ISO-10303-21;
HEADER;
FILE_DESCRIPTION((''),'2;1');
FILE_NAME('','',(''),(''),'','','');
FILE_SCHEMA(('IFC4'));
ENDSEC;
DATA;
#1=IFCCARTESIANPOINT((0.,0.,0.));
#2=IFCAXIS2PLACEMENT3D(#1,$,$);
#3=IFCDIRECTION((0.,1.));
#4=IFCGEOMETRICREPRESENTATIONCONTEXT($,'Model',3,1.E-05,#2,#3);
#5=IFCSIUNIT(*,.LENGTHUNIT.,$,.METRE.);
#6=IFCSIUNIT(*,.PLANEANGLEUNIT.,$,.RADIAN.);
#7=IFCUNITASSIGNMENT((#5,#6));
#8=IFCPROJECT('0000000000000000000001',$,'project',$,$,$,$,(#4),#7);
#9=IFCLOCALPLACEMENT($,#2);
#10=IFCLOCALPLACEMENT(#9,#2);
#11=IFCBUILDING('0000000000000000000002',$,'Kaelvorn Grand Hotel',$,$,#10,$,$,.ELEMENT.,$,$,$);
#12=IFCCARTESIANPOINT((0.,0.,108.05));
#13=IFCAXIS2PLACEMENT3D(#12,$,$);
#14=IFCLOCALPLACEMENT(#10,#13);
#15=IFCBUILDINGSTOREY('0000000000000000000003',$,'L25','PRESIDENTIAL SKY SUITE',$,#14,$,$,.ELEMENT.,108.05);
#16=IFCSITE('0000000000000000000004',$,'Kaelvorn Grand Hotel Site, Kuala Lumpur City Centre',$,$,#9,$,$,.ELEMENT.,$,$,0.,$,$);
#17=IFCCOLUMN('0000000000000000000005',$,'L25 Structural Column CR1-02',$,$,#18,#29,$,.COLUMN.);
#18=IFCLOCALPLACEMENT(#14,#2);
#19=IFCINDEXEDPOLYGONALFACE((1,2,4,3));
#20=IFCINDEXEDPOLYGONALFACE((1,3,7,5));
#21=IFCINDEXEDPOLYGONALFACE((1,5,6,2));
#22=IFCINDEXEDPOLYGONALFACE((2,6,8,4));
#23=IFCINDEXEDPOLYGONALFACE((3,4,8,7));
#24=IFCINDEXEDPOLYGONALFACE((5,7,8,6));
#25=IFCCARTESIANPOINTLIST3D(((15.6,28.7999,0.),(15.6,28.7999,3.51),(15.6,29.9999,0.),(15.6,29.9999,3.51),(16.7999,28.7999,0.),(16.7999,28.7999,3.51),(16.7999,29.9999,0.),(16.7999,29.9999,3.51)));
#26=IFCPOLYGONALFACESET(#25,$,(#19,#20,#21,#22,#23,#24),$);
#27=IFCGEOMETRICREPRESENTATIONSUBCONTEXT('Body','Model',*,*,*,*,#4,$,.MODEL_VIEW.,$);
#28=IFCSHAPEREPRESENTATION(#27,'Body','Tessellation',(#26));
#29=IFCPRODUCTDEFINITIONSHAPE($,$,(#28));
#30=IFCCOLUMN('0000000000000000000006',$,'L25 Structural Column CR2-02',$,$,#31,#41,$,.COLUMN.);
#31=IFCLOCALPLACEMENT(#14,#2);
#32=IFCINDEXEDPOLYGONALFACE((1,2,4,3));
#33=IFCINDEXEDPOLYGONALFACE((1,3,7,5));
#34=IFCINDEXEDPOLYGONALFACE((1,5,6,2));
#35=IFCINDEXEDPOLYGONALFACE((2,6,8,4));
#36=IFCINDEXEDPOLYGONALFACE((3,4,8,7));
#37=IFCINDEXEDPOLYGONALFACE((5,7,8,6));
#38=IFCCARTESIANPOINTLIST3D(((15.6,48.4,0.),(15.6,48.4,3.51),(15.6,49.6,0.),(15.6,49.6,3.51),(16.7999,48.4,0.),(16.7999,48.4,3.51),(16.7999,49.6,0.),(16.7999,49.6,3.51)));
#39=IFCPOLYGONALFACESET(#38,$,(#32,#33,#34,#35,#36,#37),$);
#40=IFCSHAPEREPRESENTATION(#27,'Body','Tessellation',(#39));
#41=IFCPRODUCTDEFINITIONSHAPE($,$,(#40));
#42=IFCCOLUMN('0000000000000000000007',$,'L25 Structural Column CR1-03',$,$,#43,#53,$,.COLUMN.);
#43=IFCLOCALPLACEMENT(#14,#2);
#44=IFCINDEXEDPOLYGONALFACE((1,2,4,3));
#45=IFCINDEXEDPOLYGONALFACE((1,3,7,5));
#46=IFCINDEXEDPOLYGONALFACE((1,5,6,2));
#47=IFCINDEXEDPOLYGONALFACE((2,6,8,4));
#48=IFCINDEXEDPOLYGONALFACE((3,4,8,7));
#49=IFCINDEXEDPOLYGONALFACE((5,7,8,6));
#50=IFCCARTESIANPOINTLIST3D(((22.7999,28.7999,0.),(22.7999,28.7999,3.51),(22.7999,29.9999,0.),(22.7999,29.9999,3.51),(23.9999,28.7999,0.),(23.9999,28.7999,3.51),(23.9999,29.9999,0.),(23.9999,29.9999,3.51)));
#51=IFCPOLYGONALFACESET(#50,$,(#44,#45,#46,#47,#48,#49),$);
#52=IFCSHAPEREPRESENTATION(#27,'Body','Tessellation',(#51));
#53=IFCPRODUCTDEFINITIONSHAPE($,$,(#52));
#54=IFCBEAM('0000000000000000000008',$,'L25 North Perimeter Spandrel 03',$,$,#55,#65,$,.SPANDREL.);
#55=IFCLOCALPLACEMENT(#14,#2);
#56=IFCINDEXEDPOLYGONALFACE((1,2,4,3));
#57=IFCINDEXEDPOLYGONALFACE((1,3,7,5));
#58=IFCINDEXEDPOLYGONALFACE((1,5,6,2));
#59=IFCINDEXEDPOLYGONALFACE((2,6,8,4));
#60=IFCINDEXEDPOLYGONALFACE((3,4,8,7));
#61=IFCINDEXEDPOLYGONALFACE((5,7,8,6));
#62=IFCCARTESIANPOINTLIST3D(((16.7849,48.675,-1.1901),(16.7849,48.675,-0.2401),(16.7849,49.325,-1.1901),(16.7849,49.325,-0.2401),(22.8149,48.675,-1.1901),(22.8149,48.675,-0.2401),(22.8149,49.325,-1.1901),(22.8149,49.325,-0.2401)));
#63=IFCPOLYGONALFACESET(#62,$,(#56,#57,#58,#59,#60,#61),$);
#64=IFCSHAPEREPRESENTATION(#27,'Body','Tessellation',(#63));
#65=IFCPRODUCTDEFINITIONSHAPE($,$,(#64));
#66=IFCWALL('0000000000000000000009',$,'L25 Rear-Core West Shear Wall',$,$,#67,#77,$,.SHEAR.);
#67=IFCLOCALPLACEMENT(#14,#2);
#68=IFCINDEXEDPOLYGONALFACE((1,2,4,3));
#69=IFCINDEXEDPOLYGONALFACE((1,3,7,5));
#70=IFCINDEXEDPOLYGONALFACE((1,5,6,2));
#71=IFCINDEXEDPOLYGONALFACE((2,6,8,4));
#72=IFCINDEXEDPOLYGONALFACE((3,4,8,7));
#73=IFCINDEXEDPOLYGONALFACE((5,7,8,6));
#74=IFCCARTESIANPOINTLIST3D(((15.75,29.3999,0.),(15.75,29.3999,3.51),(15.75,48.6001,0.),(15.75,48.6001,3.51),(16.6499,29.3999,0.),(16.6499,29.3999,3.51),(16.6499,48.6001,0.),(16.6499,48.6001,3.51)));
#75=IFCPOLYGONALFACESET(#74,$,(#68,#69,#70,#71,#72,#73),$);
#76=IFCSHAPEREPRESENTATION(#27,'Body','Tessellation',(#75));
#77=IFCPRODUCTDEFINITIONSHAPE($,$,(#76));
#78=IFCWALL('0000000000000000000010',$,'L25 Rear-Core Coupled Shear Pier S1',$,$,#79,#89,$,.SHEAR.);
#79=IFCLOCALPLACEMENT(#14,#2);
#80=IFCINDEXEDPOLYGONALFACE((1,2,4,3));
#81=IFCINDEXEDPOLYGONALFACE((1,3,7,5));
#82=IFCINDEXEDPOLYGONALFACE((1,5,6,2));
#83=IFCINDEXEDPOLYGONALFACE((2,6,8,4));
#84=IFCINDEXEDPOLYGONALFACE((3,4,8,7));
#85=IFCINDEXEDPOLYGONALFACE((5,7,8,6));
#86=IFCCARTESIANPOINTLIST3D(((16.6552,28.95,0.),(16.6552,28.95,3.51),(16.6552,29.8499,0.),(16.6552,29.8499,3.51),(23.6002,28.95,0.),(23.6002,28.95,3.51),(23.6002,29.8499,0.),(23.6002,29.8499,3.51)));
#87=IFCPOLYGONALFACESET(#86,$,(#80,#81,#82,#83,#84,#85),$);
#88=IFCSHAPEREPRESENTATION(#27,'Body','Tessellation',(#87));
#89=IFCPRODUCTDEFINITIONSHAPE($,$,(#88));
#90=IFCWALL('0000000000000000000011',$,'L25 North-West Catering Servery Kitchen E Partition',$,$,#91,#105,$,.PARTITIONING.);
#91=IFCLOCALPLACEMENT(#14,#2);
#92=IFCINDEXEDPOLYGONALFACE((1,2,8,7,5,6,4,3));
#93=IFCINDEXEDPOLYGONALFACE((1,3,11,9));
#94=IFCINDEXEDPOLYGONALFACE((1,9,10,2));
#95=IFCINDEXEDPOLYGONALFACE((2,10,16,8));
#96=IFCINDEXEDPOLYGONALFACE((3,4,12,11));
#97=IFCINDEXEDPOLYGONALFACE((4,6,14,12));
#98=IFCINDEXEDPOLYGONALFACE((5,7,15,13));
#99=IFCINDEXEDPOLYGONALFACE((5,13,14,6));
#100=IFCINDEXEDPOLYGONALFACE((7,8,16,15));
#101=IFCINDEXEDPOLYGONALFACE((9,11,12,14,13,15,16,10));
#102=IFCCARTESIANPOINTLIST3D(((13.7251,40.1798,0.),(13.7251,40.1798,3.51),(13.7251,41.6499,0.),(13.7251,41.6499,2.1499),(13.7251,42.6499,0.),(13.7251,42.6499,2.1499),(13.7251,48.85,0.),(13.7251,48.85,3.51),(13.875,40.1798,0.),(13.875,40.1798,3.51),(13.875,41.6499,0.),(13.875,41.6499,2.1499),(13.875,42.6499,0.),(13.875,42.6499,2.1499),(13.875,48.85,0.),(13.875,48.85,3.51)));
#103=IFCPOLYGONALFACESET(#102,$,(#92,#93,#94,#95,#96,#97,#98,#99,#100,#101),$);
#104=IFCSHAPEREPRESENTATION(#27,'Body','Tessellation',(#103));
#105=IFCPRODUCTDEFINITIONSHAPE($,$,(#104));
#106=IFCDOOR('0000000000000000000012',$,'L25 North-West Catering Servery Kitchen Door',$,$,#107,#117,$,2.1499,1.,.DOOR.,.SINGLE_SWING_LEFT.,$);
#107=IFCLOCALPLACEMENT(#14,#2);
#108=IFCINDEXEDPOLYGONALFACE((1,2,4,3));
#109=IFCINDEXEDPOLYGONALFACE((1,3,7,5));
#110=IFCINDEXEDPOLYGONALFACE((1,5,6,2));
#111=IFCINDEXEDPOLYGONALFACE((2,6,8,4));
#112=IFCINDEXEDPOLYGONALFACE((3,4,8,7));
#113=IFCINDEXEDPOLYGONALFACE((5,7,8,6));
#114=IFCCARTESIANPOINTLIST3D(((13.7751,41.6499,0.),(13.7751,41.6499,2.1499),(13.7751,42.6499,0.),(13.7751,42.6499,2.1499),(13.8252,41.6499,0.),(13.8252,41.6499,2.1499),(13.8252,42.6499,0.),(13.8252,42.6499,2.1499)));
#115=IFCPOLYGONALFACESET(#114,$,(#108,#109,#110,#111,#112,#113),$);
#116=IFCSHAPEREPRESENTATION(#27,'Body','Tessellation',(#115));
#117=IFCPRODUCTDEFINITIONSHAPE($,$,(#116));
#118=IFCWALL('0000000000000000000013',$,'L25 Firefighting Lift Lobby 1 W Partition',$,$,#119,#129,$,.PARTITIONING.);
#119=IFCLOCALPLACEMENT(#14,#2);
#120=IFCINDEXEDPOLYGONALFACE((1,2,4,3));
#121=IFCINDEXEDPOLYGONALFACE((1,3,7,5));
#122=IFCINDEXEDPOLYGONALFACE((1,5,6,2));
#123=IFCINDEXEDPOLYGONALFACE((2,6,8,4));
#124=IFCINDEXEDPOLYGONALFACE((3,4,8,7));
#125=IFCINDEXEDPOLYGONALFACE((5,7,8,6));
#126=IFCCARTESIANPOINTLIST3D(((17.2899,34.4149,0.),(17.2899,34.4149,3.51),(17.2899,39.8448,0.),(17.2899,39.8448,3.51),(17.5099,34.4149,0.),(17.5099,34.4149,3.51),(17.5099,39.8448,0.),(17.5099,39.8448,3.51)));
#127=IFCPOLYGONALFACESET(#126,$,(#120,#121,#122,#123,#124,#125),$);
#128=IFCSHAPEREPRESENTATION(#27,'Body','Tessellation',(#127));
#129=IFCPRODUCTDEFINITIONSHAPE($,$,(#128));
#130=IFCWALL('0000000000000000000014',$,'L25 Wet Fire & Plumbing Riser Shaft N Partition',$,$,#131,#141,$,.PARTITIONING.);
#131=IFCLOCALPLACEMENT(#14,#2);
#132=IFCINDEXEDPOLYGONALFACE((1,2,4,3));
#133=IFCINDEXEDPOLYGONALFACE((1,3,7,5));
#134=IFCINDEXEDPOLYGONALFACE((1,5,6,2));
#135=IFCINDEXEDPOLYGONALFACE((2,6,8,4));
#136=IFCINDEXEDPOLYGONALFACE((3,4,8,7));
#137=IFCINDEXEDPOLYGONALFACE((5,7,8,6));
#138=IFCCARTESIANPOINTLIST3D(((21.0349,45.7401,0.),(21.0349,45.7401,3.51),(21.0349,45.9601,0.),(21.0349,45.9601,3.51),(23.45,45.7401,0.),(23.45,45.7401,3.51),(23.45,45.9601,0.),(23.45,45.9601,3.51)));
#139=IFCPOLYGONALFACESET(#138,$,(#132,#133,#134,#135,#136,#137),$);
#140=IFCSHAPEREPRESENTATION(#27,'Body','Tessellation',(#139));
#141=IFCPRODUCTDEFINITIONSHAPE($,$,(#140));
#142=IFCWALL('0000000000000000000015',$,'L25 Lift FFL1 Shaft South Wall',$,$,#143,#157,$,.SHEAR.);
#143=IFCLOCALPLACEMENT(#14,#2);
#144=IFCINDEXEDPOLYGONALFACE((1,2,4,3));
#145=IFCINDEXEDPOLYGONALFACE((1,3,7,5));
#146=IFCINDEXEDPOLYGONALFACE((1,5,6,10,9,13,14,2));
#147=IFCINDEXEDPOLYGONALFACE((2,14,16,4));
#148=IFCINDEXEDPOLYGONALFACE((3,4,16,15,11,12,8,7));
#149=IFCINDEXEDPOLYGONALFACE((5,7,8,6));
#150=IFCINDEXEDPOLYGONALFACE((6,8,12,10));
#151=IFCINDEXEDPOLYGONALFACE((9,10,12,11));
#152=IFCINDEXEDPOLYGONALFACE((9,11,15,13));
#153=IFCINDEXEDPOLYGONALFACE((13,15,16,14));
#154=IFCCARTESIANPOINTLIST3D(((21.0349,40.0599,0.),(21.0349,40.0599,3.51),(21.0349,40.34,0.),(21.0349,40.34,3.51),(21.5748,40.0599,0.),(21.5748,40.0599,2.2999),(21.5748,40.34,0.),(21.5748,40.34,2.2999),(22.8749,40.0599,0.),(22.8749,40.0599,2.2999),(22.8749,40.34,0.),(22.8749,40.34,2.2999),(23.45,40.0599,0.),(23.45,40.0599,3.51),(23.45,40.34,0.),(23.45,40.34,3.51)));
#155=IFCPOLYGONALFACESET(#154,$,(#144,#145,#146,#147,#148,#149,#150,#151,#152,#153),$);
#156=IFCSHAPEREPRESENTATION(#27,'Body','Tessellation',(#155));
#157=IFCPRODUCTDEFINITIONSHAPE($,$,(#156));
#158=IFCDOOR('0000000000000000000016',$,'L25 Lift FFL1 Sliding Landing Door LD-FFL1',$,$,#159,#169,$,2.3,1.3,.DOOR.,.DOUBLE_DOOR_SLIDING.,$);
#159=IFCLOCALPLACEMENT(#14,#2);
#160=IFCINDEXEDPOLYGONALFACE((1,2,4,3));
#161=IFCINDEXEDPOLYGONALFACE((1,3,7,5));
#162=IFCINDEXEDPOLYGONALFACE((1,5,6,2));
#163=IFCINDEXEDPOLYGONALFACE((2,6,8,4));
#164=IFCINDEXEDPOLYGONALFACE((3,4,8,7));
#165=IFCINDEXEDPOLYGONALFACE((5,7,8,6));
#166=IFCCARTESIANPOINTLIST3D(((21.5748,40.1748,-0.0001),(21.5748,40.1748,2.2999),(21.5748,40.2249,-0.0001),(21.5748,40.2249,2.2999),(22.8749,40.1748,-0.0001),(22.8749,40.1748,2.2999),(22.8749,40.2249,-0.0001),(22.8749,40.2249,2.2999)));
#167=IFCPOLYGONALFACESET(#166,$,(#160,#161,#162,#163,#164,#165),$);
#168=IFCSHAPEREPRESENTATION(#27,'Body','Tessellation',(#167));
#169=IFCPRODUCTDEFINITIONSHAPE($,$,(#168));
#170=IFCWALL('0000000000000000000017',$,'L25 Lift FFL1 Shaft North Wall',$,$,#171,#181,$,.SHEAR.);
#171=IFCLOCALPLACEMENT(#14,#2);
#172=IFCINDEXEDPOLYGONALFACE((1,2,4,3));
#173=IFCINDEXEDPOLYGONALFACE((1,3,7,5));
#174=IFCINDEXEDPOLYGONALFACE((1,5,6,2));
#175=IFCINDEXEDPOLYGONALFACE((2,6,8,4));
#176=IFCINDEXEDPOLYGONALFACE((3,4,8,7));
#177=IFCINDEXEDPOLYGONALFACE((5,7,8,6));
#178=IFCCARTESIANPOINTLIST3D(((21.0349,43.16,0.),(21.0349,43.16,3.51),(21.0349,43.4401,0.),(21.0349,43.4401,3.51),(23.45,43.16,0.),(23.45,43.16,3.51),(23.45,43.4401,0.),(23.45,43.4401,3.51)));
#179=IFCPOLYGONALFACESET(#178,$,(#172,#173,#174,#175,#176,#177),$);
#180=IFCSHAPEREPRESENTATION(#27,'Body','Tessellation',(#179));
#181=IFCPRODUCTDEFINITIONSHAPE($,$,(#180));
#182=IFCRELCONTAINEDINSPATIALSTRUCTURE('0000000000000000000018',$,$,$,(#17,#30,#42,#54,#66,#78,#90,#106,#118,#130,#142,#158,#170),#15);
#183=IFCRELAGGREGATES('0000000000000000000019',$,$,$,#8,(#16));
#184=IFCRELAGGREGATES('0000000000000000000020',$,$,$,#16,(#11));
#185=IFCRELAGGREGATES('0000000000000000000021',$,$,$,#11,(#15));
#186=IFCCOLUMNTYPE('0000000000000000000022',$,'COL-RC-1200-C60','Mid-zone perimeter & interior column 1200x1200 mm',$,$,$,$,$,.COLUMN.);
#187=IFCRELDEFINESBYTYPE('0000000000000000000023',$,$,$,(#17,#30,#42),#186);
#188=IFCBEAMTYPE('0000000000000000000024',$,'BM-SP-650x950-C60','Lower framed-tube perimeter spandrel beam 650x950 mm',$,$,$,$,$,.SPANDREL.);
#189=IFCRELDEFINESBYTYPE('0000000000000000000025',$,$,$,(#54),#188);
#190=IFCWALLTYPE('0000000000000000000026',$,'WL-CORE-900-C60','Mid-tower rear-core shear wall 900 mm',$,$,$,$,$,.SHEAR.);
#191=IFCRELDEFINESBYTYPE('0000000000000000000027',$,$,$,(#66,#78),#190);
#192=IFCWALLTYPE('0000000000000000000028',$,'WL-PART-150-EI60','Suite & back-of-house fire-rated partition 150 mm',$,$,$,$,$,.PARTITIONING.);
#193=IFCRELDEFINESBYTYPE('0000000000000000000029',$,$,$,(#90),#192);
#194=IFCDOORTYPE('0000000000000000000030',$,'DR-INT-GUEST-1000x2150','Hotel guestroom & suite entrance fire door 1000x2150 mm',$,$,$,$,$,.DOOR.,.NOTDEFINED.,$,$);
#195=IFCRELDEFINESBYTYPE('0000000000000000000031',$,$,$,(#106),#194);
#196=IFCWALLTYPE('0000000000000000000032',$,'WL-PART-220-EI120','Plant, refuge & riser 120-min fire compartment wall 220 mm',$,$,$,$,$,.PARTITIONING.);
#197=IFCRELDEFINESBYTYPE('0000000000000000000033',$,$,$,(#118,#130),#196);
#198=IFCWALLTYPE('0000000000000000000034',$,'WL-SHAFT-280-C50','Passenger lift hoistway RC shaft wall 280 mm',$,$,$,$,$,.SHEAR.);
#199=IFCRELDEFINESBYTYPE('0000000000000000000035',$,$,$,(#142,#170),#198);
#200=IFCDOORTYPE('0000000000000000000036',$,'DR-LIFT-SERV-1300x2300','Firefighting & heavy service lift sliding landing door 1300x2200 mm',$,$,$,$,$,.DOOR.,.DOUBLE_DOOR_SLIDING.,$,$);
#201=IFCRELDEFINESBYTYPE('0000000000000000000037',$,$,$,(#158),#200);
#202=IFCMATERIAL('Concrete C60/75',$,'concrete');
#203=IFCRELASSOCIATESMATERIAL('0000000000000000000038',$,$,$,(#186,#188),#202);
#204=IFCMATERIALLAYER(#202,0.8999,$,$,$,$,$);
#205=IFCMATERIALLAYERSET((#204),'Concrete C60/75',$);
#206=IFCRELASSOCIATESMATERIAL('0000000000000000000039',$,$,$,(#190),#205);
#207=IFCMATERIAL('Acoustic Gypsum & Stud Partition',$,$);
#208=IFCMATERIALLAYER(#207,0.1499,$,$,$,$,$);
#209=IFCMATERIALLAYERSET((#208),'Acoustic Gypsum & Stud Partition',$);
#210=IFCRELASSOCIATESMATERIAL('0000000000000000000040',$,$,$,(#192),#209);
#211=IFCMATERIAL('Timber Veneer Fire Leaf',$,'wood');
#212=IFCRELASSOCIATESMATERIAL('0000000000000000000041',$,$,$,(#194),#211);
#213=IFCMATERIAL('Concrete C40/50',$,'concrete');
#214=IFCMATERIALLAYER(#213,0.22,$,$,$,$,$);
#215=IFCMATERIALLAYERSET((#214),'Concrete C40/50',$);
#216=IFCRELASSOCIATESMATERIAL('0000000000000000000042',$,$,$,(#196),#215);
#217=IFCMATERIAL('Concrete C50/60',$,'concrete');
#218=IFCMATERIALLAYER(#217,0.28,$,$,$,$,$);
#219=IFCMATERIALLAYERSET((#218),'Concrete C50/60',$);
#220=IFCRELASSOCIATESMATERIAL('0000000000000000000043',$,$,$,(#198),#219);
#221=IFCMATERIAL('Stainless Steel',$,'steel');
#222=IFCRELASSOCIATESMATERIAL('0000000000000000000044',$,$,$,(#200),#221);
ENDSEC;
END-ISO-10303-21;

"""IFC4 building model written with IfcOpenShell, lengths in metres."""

from ifc_helpers import new_model, si_unit, direction, frame, frame_2d, origin, origin_2d, place, context, subcontext, project, spatial, rectangle, extrude, material, layer, layer_set, material_profile, profile_set, type_object, element, fill, save


model = new_model("IFC4")

# Units and contexts
model_context = context("Model", 3, precision=1e-05, world=origin(), true_north=direction((0.0, 1.0)))
body_context = subcontext(model_context, "Body", "Model", "MODEL_VIEW")
ifc_project = project(units=[si_unit("LENGTHUNIT", "METRE"), si_unit("PLANEANGLEUNIT", "RADIAN")], contexts=[model_context])

# Site, building, storey
site_placement = place(None, origin())
site = spatial("IfcSite", under=ifc_project, at=site_placement, Name="Kaelvorn Grand Hotel Site, Kuala Lumpur City Centre", CompositionType="ELEMENT", RefElevation=0.0)
building_placement = place(site_placement, origin())
building = spatial("IfcBuilding", under=site, at=building_placement, Name="Kaelvorn Grand Hotel", CompositionType="ELEMENT")
storey_placement = place(building_placement, frame((0.0, 0.0, 108.05)))
storey = spatial("IfcBuildingStorey", under=building, at=storey_placement, Name="L25", Description="PRESIDENTIAL SKY SUITE", CompositionType="ELEMENT", Elevation=108.05)

# Columns
ifc_material_1 = material(Name="Concrete C60/75", Category="concrete")
ifc_material_profile_1 = material_profile(ifc_material_1, rectangle(XDim=1.2, YDim=1.2, at=origin_2d()), Name="RC COL 1200x1200")
ifc_profile_set_1 = profile_set([ifc_material_profile_1], Name="Concrete C60/75")
column_type = type_object("IfcColumnType", Name="COL-RC-1200-C60", Description="Mid-zone perimeter & interior column 1200x1200 mm", PredefinedType="COLUMN", material=ifc_profile_set_1)
for number, where, z_axis, x_axis, name in (
    (1, (16.2, 29.3999, 0.0), (0.0, 0.0, 1.0), (1.0, 0.0, 0.0), "L25 Structural Column CR1-02"),
    (2, (16.2, 49.0, 0.0), (0.0, 0.0, 1.0), (1.0, 0.0, 0.0), "L25 Structural Column CR2-02"),
    (3, (23.3999, 29.3999, 0.0), (0.0, 0.0, 1.0), (1.0, 0.0, 0.0), "L25 Structural Column CR1-03"),
):
    element("IfcColumn", number, at=place(storey_placement, frame(where, z_axis=z_axis, x_axis=x_axis)), inside=storey, type_object=column_type, Name=name, PredefinedType="COLUMN", context=body_context, shape_type="SweptSolid", body=[
        extrude(rectangle(XDim=1.2, YDim=1.2, at=origin_2d()), origin(), (0.0, 0.0, 1.0), 3.51),
    ])

# Beam
ifc_material_profile_2 = material_profile(ifc_material_1, rectangle(XDim=0.6499, YDim=0.95, at=origin_2d()), Name="RC SPANDREL 650x950")
ifc_profile_set_2 = profile_set([ifc_material_profile_2], Name="Concrete C60/75")
beam_type = type_object("IfcBeamType", Name="BM-SP-650x950-C60", Description="Lower framed-tube perimeter spandrel beam 650x950 mm", PredefinedType="SPANDREL", material=ifc_profile_set_2)
beam_placement = place(storey_placement, frame((16.7849, 49.0, -0.7151), z_axis=(1.0, 0.0, 0.0), x_axis=(0.0, 1.0, 0.0)))
element("IfcBeam", 4, at=beam_placement, inside=storey, type_object=beam_type, Name="L25 North Perimeter Spandrel 03", PredefinedType="SPANDREL", context=body_context, shape_type="SweptSolid", body=[
    extrude(rectangle(XDim=0.6499, YDim=0.95, at=origin_2d()), origin(), (0.0, 0.0, 1.0), 6.03),
])

# Walls
ifc_layer_1 = layer(ifc_material_1, 0.8999)
ifc_layer_set_1 = layer_set([ifc_layer_1], Name="Concrete C60/75")
wall_type_1 = type_object("IfcWallType", Name="WL-CORE-900-C60", Description="Mid-tower rear-core shear wall 900 mm", PredefinedType="SHEAR", material=ifc_layer_set_1)
wall_1_placement = place(storey_placement, frame((16.2, 29.3999, 0.0), z_axis=(0.0, 0.0, 1.0), x_axis=(0.0, 1.0, 0.0)))
element("IfcWall", 5, at=wall_1_placement, inside=storey, type_object=wall_type_1, Name="L25 Rear-Core West Shear Wall", PredefinedType="SHEAR", context=body_context, shape_type="SweptSolid", body=[
    extrude(rectangle(XDim=19.2002, YDim=0.8999, at=frame_2d((9.6001, 0.0))), origin(), (0.0, 0.0, 1.0), 3.51),
])
wall_2_placement = place(storey_placement, frame((16.655, 29.3999, 0.0), z_axis=(0.0, 0.0, 1.0), x_axis=(1.0, 0.0, 0.0)))
element("IfcWall", 6, at=wall_2_placement, inside=storey, type_object=wall_type_1, Name="L25 Rear-Core Coupled Shear Pier S1", PredefinedType="SHEAR", context=body_context, shape_type="SweptSolid", body=[
    extrude(rectangle(XDim=6.9451, YDim=0.8999, at=frame_2d((3.4727, 0.0))), origin(), (0.0, 0.0, 1.0), 3.51),
])

# Wall, opening, door
ifc_material_2 = material(Name="Acoustic Gypsum & Stud Partition")
ifc_layer_2 = layer(ifc_material_2, 0.1499)
ifc_layer_set_2 = layer_set([ifc_layer_2], Name="Acoustic Gypsum & Stud Partition")
wall_type_2 = type_object("IfcWallType", Name="WL-PART-150-EI60", Description="Suite & back-of-house fire-rated partition 150 mm", PredefinedType="PARTITIONING", material=ifc_layer_set_2)
wall_3_placement = place(storey_placement, frame((13.8, 40.1799, 0.0), z_axis=(0.0, 0.0, 1.0), x_axis=(0.0, 1.0, 0.0)))
wall_3 = element("IfcWall", 7, at=wall_3_placement, inside=storey, type_object=wall_type_2, Name="L25 North-West Catering Servery Kitchen E Partition", PredefinedType="PARTITIONING", context=body_context, shape_type="SweptSolid", body=[
    extrude(rectangle(XDim=8.6702, YDim=0.1499, at=frame_2d((4.335, 0.0))), origin(), (0.0, 0.0, 1.0), 3.51),
])
opening_1_placement = place(wall_3_placement, frame((1.47, 0.0, 0.0)))
opening_1 = element("IfcOpeningElement", 8, at=opening_1_placement, cuts=wall_3, PredefinedType="OPENING", context=body_context, shape_type="SweptSolid", body=[
    extrude(rectangle(XDim=1.0, YDim=2.1499, at=frame_2d((0.5, 1.075))), frame((0.0, 0.085, 0.0), z_axis=(0.0, -1.0, 0.0), x_axis=(1.0, 0.0, 0.0)), (0.0, 0.0, 1.0), 0.1699),
])
ifc_material_3 = material(Name="Timber Veneer Fire Leaf", Category="wood")
door_type_1 = type_object("IfcDoorType", Name="DR-INT-GUEST-1000x2150", Description="Hotel guestroom & suite entrance fire door 1000x2150 mm", OperationType="NOTDEFINED", PredefinedType="DOOR", material=ifc_material_3)
door_1_placement = place(opening_1_placement, origin())
door_1 = element("IfcDoor", 9, at=door_1_placement, inside=storey, type_object=door_type_1, Name="L25 North-West Catering Servery Kitchen Door", OperationType="SINGLE_SWING_LEFT", OverallHeight=2.1499, OverallWidth=1.0, PredefinedType="DOOR", context=body_context, shape_type="SweptSolid", body=[
    extrude(rectangle(XDim=1.0, YDim=2.1499, at=frame_2d((0.5, 1.075))), frame((0.0, 0.0249, 0.0), z_axis=(0.0, -1.0, 0.0), x_axis=(1.0, 0.0, 0.0)), (0.0, 0.0, 1.0), 0.05),
])
fill(opening_1, door_1)
ifc_material_4 = material(Name="Concrete C40/50", Category="concrete")
ifc_layer_3 = layer(ifc_material_4, 0.22)
ifc_layer_set_3 = layer_set([ifc_layer_3], Name="Concrete C40/50")
wall_type_3 = type_object("IfcWallType", Name="WL-PART-220-EI120", Description="Plant, refuge & riser 120-min fire compartment wall 220 mm", PredefinedType="PARTITIONING", material=ifc_layer_set_3)

# Walls
wall_4_placement = place(storey_placement, frame((17.3999, 34.415, 0.0), z_axis=(0.0, 0.0, 1.0), x_axis=(0.0, 1.0, 0.0)))
element("IfcWall", 10, at=wall_4_placement, inside=storey, type_object=wall_type_3, Name="L25 Firefighting Lift Lobby 1 W Partition", PredefinedType="PARTITIONING", context=body_context, shape_type="SweptSolid", body=[
    extrude(rectangle(XDim=5.4299, YDim=0.22, at=frame_2d((2.7148, 0.0))), origin(), (0.0, 0.0, 1.0), 3.51),
])
wall_5_placement = place(storey_placement, frame((21.0349, 45.8501, 0.0), z_axis=(0.0, 0.0, 1.0), x_axis=(1.0, 0.0, 0.0)))
element("IfcWall", 11, at=wall_5_placement, inside=storey, type_object=wall_type_3, Name="L25 Wet Fire & Plumbing Riser Shaft N Partition", PredefinedType="PARTITIONING", context=body_context, shape_type="SweptSolid", body=[
    extrude(rectangle(XDim=2.415, YDim=0.22, at=frame_2d((1.2075, 0.0))), origin(), (0.0, 0.0, 1.0), 3.51),
])

# Wall, opening, door
ifc_material_5 = material(Name="Concrete C50/60", Category="concrete")
ifc_layer_4 = layer(ifc_material_5, 0.28)
ifc_layer_set_4 = layer_set([ifc_layer_4], Name="Concrete C50/60")
wall_type_4 = type_object("IfcWallType", Name="WL-SHAFT-280-C50", Description="Passenger lift hoistway RC shaft wall 280 mm", PredefinedType="SHEAR", material=ifc_layer_set_4)
wall_6_placement = place(storey_placement, frame((21.0349, 40.2, 0.0), z_axis=(0.0, 0.0, 1.0), x_axis=(1.0, 0.0, 0.0)))
wall_6 = element("IfcWall", 12, at=wall_6_placement, inside=storey, type_object=wall_type_4, Name="L25 Lift FFL1 Shaft South Wall", PredefinedType="SHEAR", context=body_context, shape_type="SweptSolid", body=[
    extrude(rectangle(XDim=2.415, YDim=0.28, at=frame_2d((1.2075, 0.0))), origin(), (0.0, 0.0, 1.0), 3.51),
])
opening_2_placement = place(wall_6_placement, frame((0.54, 0.0, 0.0)))
opening_2 = element("IfcOpeningElement", 13, at=opening_2_placement, cuts=wall_6, PredefinedType="OPENING", context=body_context, shape_type="SweptSolid", body=[
    extrude(rectangle(XDim=1.3, YDim=2.3, at=frame_2d((0.6499, 1.1499))), frame((0.0, 0.1499, 0.0), z_axis=(0.0, -1.0, 0.0), x_axis=(1.0, 0.0, 0.0)), (0.0, 0.0, 1.0), 0.3),
])
ifc_material_6 = material(Name="Stainless Steel", Category="steel")
door_type_2 = type_object("IfcDoorType", Name="DR-LIFT-SERV-1300x2300", Description="Firefighting & heavy service lift sliding landing door 1300x2200 mm", OperationType="DOUBLE_DOOR_SLIDING", PredefinedType="DOOR", material=ifc_material_6)
door_2_placement = place(opening_2_placement, origin())
door_2 = element("IfcDoor", 14, at=door_2_placement, inside=storey, type_object=door_type_2, Name="L25 Lift FFL1 Sliding Landing Door LD-FFL1", OperationType="DOUBLE_DOOR_SLIDING", OverallHeight=2.3, OverallWidth=1.3, PredefinedType="DOOR", context=body_context, shape_type="SweptSolid", body=[
    extrude(rectangle(XDim=1.3, YDim=2.3, at=frame_2d((0.6499, 1.1499))), frame((0.0, 0.0249, 0.0), z_axis=(0.0, -1.0, 0.0), x_axis=(1.0, 0.0, 0.0)), (0.0, 0.0, 1.0), 0.05),
])
fill(opening_2, door_2)

# Wall
wall_7_placement = place(storey_placement, frame((21.0349, 43.3, 0.0), z_axis=(0.0, 0.0, 1.0), x_axis=(1.0, 0.0, 0.0)))
element("IfcWall", 15, at=wall_7_placement, inside=storey, type_object=wall_type_4, Name="L25 Lift FFL1 Shaft North Wall", PredefinedType="SHEAR", context=body_context, shape_type="SweptSolid", body=[
    extrude(rectangle(XDim=2.415, YDim=0.28, at=frame_2d((1.2075, 0.0))), origin(), (0.0, 0.0, 1.0), 3.51),
])

save(model, "model.ifc")
